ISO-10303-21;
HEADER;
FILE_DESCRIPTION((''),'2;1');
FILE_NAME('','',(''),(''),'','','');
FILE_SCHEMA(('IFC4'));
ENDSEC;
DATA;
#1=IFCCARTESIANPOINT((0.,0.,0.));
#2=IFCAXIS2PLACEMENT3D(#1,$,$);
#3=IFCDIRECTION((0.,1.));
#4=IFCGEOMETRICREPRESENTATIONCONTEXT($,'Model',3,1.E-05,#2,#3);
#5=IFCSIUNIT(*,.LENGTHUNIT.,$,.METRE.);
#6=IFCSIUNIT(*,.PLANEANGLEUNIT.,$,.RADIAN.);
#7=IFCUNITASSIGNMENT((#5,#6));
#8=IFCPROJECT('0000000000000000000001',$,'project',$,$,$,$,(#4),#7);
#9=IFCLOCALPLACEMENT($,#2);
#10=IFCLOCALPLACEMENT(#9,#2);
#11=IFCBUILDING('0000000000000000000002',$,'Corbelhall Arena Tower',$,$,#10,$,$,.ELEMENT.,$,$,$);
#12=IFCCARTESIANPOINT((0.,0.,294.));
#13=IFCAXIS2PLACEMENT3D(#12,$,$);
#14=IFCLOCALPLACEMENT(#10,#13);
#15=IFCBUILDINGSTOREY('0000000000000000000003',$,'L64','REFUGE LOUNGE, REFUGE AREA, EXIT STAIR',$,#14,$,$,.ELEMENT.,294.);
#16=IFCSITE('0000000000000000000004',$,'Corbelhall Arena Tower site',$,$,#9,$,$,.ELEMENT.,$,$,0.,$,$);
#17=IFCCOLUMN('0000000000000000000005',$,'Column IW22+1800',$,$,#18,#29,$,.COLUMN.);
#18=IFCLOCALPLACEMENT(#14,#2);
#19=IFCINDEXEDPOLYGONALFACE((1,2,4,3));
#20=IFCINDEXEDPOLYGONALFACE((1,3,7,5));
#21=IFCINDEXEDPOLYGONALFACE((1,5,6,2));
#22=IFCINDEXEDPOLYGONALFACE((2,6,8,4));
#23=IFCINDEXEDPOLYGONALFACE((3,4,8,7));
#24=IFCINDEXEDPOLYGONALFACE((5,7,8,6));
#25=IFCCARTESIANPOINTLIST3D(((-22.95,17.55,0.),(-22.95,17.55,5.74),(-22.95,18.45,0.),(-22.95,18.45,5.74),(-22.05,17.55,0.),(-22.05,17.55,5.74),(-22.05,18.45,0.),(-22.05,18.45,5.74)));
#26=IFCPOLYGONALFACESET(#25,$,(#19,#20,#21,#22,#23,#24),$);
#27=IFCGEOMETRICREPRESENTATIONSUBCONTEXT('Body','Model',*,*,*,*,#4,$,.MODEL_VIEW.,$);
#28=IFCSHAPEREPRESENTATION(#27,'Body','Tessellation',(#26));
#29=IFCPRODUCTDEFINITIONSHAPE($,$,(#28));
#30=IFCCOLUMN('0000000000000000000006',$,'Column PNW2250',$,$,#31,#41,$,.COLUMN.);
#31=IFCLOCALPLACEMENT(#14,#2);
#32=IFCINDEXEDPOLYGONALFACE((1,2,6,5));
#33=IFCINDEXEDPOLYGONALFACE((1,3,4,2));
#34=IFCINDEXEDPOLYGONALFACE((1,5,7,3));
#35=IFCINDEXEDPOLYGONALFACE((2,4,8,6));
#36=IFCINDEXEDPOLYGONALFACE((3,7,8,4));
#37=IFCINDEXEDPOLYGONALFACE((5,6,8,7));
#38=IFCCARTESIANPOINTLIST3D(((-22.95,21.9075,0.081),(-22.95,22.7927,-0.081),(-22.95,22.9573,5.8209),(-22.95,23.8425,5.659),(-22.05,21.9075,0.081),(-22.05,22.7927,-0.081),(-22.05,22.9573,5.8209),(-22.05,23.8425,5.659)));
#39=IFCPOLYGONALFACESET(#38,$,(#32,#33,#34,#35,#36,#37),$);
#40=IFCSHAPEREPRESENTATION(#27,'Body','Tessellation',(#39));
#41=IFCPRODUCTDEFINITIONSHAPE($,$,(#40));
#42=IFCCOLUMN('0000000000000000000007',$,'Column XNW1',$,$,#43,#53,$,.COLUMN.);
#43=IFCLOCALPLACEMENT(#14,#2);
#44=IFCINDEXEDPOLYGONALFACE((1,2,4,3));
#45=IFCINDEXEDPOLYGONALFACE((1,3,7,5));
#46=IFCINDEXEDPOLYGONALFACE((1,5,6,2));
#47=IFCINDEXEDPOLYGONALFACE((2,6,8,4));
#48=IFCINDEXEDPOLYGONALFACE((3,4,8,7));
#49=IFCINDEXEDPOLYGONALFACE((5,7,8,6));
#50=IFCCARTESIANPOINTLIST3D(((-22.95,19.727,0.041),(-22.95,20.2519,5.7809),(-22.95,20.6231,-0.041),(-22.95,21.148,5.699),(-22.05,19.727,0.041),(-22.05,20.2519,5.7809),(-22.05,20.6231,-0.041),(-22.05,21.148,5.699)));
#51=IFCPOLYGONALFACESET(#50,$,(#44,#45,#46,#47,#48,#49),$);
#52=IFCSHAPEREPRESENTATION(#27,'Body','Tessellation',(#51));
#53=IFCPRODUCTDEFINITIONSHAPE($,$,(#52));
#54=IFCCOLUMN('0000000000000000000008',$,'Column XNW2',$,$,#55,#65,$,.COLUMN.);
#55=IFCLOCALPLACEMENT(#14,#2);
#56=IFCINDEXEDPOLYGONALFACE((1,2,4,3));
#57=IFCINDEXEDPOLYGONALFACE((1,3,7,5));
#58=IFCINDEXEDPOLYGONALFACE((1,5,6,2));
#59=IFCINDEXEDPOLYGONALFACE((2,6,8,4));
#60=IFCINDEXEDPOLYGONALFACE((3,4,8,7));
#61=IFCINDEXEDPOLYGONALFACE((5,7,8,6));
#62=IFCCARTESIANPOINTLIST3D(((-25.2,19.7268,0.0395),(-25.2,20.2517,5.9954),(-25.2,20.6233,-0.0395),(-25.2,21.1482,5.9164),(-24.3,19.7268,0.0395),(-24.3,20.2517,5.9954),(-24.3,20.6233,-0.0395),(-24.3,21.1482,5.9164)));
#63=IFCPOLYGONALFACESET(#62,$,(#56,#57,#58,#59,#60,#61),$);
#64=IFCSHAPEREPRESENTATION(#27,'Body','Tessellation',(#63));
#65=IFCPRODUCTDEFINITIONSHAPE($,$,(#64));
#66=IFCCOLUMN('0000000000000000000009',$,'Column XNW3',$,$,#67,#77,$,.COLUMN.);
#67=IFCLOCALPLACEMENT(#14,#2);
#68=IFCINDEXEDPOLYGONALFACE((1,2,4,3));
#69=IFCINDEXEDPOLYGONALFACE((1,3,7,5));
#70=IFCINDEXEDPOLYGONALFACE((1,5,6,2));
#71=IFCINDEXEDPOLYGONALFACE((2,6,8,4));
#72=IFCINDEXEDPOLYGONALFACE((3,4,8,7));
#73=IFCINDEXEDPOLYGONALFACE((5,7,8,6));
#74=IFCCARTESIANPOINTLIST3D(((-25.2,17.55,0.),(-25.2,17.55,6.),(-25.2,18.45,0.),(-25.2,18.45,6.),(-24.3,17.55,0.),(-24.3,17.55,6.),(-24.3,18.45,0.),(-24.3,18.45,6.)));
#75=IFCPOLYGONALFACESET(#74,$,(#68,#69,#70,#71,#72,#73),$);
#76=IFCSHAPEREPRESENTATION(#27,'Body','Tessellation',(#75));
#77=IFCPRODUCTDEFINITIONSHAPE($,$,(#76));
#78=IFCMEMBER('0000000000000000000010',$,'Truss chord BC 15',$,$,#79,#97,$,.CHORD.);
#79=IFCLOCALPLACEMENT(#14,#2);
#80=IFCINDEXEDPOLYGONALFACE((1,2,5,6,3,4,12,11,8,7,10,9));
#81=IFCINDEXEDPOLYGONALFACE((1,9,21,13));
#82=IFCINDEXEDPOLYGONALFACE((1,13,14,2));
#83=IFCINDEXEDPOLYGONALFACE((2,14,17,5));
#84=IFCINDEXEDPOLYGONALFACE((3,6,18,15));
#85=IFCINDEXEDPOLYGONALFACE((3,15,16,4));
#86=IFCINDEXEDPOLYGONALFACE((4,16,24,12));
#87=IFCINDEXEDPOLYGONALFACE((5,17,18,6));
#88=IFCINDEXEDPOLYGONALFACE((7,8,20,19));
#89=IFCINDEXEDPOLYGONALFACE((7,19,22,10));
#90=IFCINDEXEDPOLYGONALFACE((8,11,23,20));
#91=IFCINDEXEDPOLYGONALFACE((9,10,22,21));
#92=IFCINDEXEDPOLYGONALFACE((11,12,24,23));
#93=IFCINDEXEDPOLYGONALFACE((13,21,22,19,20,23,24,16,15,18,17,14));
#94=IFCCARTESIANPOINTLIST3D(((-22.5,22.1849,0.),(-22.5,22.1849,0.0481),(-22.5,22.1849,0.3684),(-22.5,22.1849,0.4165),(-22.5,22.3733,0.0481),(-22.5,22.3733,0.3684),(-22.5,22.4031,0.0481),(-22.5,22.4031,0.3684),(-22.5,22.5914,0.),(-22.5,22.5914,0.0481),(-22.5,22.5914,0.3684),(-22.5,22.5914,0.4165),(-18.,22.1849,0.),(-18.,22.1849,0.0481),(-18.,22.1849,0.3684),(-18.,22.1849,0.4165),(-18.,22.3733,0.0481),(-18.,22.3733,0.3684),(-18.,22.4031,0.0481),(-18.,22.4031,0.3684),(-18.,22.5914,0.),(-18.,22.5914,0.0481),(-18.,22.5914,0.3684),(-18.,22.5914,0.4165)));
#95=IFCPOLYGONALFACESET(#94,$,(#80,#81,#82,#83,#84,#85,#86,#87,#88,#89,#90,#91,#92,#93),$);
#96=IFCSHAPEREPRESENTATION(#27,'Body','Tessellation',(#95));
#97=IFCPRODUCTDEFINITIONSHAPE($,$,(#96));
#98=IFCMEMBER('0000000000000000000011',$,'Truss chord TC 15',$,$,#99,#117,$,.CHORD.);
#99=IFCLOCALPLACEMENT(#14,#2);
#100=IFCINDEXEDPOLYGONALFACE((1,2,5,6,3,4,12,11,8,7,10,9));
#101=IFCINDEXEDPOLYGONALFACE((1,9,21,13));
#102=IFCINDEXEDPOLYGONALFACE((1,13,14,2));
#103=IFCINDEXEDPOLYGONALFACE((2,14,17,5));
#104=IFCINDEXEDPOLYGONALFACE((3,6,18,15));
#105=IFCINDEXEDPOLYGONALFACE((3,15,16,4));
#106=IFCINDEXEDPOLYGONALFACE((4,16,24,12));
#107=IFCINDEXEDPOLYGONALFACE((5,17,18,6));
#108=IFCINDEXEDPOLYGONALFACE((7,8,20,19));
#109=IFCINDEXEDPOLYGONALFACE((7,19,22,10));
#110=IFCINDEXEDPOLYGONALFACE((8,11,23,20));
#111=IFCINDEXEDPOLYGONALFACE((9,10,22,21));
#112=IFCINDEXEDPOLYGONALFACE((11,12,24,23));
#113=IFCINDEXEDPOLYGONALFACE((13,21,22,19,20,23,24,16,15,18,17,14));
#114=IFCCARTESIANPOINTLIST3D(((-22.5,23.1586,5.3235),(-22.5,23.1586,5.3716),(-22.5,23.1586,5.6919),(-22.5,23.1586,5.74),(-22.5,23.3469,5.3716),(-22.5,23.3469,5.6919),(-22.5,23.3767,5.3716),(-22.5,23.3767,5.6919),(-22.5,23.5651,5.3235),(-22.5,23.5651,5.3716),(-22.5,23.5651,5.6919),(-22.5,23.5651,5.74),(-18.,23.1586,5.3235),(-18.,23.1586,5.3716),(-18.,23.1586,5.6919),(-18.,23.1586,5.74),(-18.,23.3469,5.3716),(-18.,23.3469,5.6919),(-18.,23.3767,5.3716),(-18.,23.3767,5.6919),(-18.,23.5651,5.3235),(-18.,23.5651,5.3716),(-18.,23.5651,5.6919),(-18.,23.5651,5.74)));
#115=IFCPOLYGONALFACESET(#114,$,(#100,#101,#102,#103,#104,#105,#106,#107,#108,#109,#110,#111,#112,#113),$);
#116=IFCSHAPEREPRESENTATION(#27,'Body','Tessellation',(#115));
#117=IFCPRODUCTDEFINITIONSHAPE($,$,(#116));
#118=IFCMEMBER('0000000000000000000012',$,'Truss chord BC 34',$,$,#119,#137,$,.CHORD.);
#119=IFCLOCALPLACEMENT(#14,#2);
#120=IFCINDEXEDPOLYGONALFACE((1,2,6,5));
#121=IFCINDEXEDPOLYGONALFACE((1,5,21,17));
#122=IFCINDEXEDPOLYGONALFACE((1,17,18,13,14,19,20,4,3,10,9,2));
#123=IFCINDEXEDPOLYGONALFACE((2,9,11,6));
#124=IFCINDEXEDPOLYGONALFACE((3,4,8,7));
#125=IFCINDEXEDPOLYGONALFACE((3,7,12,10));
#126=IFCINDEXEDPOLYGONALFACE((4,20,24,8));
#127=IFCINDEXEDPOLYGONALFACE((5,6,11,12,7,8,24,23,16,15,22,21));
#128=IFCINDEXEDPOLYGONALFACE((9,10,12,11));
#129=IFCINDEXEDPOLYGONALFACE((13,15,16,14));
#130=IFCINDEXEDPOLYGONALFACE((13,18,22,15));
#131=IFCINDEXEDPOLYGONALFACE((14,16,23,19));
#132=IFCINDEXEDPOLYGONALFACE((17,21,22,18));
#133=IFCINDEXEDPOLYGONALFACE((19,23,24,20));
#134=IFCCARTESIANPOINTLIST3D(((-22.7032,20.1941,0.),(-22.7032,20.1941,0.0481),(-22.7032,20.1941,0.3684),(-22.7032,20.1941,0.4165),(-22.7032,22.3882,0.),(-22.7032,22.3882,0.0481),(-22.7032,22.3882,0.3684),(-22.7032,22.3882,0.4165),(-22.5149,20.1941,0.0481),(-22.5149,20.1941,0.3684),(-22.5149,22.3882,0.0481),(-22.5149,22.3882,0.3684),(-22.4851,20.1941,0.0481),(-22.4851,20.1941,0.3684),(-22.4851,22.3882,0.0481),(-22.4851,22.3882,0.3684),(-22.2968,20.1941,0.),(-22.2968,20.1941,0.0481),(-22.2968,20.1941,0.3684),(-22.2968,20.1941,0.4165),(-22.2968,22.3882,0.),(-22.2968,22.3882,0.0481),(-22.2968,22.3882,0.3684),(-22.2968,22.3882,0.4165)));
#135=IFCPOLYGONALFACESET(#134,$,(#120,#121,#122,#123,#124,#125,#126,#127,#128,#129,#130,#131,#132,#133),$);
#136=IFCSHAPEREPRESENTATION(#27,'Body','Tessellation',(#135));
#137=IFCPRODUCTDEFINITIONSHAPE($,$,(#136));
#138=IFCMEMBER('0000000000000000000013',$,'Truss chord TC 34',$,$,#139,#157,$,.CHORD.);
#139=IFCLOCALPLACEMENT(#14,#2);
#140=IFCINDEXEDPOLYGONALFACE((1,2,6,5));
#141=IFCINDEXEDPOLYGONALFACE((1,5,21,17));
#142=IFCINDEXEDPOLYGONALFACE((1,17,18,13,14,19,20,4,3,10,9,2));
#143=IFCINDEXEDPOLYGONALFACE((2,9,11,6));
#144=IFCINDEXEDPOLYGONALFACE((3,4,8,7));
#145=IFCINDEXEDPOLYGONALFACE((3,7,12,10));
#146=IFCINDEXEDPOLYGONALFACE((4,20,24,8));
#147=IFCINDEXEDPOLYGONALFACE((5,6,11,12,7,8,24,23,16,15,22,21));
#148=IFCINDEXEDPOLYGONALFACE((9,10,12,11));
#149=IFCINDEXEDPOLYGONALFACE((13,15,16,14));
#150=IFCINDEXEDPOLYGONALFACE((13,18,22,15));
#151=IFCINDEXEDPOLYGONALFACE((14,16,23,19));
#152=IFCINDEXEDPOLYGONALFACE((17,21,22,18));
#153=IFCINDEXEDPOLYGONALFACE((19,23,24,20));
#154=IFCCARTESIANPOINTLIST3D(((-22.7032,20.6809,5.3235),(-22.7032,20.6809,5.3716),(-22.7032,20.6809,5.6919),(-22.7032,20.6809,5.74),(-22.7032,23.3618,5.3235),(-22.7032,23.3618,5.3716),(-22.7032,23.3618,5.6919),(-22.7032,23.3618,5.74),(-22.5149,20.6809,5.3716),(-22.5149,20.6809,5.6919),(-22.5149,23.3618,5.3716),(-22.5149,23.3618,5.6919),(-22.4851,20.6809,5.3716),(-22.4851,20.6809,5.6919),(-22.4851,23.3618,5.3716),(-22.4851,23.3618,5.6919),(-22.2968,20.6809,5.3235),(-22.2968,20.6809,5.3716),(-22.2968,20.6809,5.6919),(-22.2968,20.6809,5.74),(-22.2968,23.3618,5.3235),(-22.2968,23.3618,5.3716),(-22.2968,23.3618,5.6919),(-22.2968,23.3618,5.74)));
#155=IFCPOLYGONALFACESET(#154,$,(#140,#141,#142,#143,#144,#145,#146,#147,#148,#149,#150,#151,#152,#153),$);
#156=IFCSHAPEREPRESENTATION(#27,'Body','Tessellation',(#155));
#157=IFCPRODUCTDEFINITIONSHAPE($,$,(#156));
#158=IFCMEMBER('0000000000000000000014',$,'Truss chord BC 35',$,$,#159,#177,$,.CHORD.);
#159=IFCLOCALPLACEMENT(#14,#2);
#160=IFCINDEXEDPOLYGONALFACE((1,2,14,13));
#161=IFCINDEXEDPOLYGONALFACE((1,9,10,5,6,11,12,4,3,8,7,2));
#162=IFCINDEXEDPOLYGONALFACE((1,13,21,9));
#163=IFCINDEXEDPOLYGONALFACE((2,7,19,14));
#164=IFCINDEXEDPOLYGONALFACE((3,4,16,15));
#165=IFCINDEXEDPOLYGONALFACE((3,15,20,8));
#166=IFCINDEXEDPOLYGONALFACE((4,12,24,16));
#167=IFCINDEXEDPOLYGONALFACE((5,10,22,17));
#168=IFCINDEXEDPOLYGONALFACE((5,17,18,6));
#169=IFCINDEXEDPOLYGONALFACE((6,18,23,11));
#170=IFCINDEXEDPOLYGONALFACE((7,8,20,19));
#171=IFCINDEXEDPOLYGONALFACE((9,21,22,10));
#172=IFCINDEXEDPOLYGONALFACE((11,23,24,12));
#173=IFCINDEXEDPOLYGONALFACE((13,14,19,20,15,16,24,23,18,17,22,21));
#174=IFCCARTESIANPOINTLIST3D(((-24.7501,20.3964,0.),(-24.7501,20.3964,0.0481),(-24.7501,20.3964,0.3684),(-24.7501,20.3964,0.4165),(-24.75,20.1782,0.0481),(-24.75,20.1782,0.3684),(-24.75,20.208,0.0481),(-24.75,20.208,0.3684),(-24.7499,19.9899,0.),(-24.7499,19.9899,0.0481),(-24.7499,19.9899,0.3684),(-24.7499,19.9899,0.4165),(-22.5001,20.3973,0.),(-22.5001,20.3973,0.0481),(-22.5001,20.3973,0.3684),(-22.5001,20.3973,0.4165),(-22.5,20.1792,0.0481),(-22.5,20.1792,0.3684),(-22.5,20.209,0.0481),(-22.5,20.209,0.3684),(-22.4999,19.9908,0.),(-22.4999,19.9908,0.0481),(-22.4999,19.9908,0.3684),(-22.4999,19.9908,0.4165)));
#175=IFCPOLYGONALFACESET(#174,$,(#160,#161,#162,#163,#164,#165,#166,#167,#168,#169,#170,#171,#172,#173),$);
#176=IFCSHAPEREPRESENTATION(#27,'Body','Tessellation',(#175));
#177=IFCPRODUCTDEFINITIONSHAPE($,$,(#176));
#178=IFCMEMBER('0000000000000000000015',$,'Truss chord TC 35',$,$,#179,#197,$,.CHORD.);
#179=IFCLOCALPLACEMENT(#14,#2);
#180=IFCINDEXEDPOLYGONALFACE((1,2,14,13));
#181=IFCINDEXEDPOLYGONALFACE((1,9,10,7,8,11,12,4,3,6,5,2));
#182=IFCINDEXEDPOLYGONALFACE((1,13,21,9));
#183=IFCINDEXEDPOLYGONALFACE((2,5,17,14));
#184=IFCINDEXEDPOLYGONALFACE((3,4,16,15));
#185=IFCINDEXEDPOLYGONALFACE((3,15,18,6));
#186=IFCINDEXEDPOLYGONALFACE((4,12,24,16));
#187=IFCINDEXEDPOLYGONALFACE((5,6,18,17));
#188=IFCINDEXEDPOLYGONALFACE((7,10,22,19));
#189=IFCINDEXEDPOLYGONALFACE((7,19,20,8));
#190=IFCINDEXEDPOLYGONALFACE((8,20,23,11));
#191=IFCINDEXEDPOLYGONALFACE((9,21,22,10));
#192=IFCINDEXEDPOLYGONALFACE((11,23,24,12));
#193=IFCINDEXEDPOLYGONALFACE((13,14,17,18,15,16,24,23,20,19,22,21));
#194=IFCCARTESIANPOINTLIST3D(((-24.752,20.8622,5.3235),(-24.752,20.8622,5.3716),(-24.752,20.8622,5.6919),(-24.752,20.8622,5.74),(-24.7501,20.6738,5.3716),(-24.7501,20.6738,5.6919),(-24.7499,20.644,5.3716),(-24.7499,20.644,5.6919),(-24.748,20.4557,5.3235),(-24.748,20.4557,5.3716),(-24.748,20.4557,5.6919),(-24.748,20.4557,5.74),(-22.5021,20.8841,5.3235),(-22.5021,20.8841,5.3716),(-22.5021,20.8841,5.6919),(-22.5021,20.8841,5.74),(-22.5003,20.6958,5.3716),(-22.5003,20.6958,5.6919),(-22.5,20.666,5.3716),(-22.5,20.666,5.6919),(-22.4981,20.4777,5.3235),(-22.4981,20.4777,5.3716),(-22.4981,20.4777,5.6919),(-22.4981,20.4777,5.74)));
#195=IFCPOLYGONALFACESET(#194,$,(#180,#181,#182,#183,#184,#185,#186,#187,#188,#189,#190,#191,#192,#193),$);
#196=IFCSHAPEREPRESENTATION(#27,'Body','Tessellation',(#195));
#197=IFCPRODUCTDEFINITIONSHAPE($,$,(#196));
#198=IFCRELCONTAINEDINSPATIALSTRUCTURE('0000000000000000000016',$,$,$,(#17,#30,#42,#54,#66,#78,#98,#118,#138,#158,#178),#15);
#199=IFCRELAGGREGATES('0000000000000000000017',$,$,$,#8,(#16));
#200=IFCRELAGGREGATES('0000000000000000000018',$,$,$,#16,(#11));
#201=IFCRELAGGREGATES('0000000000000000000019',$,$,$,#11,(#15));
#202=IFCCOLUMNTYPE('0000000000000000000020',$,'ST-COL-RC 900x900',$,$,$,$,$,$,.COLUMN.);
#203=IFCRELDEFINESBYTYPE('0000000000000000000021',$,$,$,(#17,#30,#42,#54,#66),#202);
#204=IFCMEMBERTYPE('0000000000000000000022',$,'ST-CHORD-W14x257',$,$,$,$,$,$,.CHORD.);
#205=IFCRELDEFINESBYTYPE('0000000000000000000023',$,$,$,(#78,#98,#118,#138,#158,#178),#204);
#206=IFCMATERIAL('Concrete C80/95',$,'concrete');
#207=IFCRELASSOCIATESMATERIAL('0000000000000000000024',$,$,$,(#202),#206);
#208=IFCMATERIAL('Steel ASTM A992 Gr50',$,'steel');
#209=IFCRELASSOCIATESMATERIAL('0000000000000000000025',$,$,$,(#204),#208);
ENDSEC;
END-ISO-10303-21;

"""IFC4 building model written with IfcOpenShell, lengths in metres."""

from ifc_helpers import new_model, si_unit, direction, frame, origin, origin_2d, place, context, subcontext, project, spatial, rectangle, i_section, extrude, material, material_profile, profile_set, type_object, element, save


model = new_model("IFC4")

# Units and contexts
model_context = context("Model", 3, precision=1e-05, world=origin(), true_north=direction((0.0, 1.0)))
body_context = subcontext(model_context, "Body", "Model", "MODEL_VIEW")
ifc_project = project(units=[si_unit("LENGTHUNIT", "METRE"), si_unit("PLANEANGLEUNIT", "RADIAN")], contexts=[model_context])

# Site, building, storey
site_placement = place(None, origin())
site = spatial("IfcSite", under=ifc_project, at=site_placement, Name="Corbelhall Arena Tower site", CompositionType="ELEMENT", RefElevation=0.0)
building_placement = place(site_placement, origin())
building = spatial("IfcBuilding", under=site, at=building_placement, Name="Corbelhall Arena Tower", CompositionType="ELEMENT")
storey_placement = place(building_placement, frame((0.0, 0.0, 294.0)))
storey = spatial("IfcBuildingStorey", under=building, at=storey_placement, Name="L64", Description="REFUGE LOUNGE, REFUGE AREA, EXIT STAIR", CompositionType="ELEMENT", Elevation=294.0)

# Columns
ifc_material_1 = material(Name="Concrete C80/95", Category="concrete")
ifc_material_profile_1 = material_profile(ifc_material_1, rectangle(XDim=0.8999, YDim=0.8999, at=origin_2d()))
ifc_profile_set_1 = profile_set([ifc_material_profile_1], Name="Concrete C80/95")
column_type = type_object("IfcColumnType", Name="ST-COL-RC 900x900", PredefinedType="COLUMN", material=ifc_profile_set_1)
column_1_placement = place(storey_placement, frame((-22.5, 18.0, 0.0), z_axis=(0.0, 0.0, 1.0), x_axis=(1.0, 0.0, 0.0)))
element("IfcColumn", 1, at=column_1_placement, inside=storey, type_object=column_type, Name="Column IW22+1800", PredefinedType="COLUMN", context=body_context, shape_type="SweptSolid", body=[
    extrude(rectangle(XDim=0.8999, YDim=0.8999, at=origin_2d()), origin(), (0.0, 0.0, 1.0), 5.74),
])
column_2_placement = place(storey_placement, frame((-22.5, 22.3501, 0.0), z_axis=(0.0, 0.179909, 0.983683), x_axis=(-1.0, 0.0, 0.0)))
element("IfcColumn", 2, at=column_2_placement, inside=storey, type_object=column_type, Name="Column PNW2250", PredefinedType="COLUMN", context=body_context, shape_type="SweptSolid", body=[
    extrude(rectangle(XDim=0.8999, YDim=0.8999, at=origin_2d()), origin(), (0.0, 0.0, 1.0), 5.8352),
])
column_3_placement = place(storey_placement, frame((-22.5, 20.175, 0.0), z_axis=(0.0, 0.091067, 0.995845), x_axis=(-1.0, 0.0, 0.0)))
element("IfcColumn", 3, at=column_3_placement, inside=storey, type_object=column_type, Name="Column XNW1", PredefinedType="COLUMN", context=body_context, shape_type="SweptSolid", body=[
    extrude(rectangle(XDim=0.8999, YDim=0.8999, at=origin_2d()), origin(), (0.0, 0.0, 1.0), 5.7639),
])
column_4_placement = place(storey_placement, frame((-24.75, 20.175, 0.0), z_axis=(0.0, 0.087793, 0.996139), x_axis=(-1.0, 0.0, 0.0)))
element("IfcColumn", 4, at=column_4_placement, inside=storey, type_object=column_type, Name="Column XNW2", PredefinedType="COLUMN", context=body_context, shape_type="SweptSolid", body=[
    extrude(rectangle(XDim=0.8999, YDim=0.8999, at=origin_2d()), origin(), (0.0, 0.0, 1.0), 5.979),
])
column_5_placement = place(storey_placement, frame((-24.75, 18.0, 0.0), z_axis=(0.0, 0.0, 1.0), x_axis=(1.0, 0.0, 0.0)))
element("IfcColumn", 5, at=column_5_placement, inside=storey, type_object=column_type, Name="Column XNW3", PredefinedType="COLUMN", context=body_context, shape_type="SweptSolid", body=[
    extrude(rectangle(XDim=0.8999, YDim=0.8999, at=origin_2d()), origin(), (0.0, 0.0, 1.0), 6.0),
])

# Members
ifc_material_2 = material(Name="Steel ASTM A992 Gr50", Category="steel")
ifc_material_profile_2 = material_profile(ifc_material_2, i_section(OverallWidth=0.4065, OverallDepth=0.4165, WebThickness=0.0298, FlangeThickness=0.0481, at=origin_2d()))
ifc_profile_set_2 = profile_set([ifc_material_profile_2], Name="Steel ASTM A992 Gr50")
member_type_1 = type_object("IfcMemberType", Name="ST-CHORD-W14x257", PredefinedType="CHORD", material=ifc_profile_set_2)
for number, where, z_axis, x_axis, name in (
    (6, (-22.5, 22.3882, 0.2083), (1.0, 0.0, 0.0), (0.0, 1.0, 0.0), "Truss chord BC 15"),
    (7, (-22.5, 23.3618, 5.5317), (1.0, 0.0, 0.0), (0.0, 1.0, 0.0), "Truss chord TC 15"),
):
    element("IfcMember", number, at=place(storey_placement, frame(where, z_axis=z_axis, x_axis=x_axis)), inside=storey, type_object=member_type_1, Name=name, PredefinedType="CHORD", context=body_context, shape_type="SweptSolid", body=[
        extrude(i_section(OverallWidth=0.4065, OverallDepth=0.4165, WebThickness=0.0298, FlangeThickness=0.0481, at=origin_2d()), origin(), (0.0, 0.0, 1.0), 4.5),
    ])
member_1_placement = place(storey_placement, frame((-22.5, 20.1941, 0.2083), z_axis=(0.0, 1.0, 0.0), x_axis=(-1.0, 0.0, 0.0)))
element("IfcMember", 8, at=member_1_placement, inside=storey, type_object=member_type_1, Name="Truss chord BC 34", PredefinedType="CHORD", context=body_context, shape_type="SweptSolid", body=[
    extrude(i_section(OverallWidth=0.4065, OverallDepth=0.4165, WebThickness=0.0298, FlangeThickness=0.0481, at=origin_2d()), origin(), (0.0, 0.0, 1.0), 2.1941),
])
member_2_placement = place(storey_placement, frame((-22.5, 20.6809, 5.5317), z_axis=(0.0, 1.0, 0.0), x_axis=(-1.0, 0.0, 0.0)))
element("IfcMember", 9, at=member_2_placement, inside=storey, type_object=member_type_1, Name="Truss chord TC 34", PredefinedType="CHORD", context=body_context, shape_type="SweptSolid", body=[
    extrude(i_section(OverallWidth=0.4065, OverallDepth=0.4165, WebThickness=0.0298, FlangeThickness=0.0481, at=origin_2d()), origin(), (0.0, 0.0, 1.0), 2.6809),
])
for number, where, z_axis, x_axis, name in (
    (10, (-24.75, 20.1931, 0.2083), (1.0, 0.000434, 0.0), (-0.000434, 1.0, 0.0), "Truss chord BC 35"),
    (11, (-24.75, 20.6589, 5.5317), (0.999952, 0.009765, 0.0), (-0.009765, 0.999952, 0.0), "Truss chord TC 35"),
):
    element("IfcMember", number, at=place(storey_placement, frame(where, z_axis=z_axis, x_axis=x_axis)), inside=storey, type_object=member_type_1, Name=name, PredefinedType="CHORD", context=body_context, shape_type="SweptSolid", body=[
        extrude(i_section(OverallWidth=0.4065, OverallDepth=0.4165, WebThickness=0.0298, FlangeThickness=0.0481, at=origin_2d()), origin(), (0.0, 0.0, 1.0), 2.25),
    ])

save(model, "model.ifc")
